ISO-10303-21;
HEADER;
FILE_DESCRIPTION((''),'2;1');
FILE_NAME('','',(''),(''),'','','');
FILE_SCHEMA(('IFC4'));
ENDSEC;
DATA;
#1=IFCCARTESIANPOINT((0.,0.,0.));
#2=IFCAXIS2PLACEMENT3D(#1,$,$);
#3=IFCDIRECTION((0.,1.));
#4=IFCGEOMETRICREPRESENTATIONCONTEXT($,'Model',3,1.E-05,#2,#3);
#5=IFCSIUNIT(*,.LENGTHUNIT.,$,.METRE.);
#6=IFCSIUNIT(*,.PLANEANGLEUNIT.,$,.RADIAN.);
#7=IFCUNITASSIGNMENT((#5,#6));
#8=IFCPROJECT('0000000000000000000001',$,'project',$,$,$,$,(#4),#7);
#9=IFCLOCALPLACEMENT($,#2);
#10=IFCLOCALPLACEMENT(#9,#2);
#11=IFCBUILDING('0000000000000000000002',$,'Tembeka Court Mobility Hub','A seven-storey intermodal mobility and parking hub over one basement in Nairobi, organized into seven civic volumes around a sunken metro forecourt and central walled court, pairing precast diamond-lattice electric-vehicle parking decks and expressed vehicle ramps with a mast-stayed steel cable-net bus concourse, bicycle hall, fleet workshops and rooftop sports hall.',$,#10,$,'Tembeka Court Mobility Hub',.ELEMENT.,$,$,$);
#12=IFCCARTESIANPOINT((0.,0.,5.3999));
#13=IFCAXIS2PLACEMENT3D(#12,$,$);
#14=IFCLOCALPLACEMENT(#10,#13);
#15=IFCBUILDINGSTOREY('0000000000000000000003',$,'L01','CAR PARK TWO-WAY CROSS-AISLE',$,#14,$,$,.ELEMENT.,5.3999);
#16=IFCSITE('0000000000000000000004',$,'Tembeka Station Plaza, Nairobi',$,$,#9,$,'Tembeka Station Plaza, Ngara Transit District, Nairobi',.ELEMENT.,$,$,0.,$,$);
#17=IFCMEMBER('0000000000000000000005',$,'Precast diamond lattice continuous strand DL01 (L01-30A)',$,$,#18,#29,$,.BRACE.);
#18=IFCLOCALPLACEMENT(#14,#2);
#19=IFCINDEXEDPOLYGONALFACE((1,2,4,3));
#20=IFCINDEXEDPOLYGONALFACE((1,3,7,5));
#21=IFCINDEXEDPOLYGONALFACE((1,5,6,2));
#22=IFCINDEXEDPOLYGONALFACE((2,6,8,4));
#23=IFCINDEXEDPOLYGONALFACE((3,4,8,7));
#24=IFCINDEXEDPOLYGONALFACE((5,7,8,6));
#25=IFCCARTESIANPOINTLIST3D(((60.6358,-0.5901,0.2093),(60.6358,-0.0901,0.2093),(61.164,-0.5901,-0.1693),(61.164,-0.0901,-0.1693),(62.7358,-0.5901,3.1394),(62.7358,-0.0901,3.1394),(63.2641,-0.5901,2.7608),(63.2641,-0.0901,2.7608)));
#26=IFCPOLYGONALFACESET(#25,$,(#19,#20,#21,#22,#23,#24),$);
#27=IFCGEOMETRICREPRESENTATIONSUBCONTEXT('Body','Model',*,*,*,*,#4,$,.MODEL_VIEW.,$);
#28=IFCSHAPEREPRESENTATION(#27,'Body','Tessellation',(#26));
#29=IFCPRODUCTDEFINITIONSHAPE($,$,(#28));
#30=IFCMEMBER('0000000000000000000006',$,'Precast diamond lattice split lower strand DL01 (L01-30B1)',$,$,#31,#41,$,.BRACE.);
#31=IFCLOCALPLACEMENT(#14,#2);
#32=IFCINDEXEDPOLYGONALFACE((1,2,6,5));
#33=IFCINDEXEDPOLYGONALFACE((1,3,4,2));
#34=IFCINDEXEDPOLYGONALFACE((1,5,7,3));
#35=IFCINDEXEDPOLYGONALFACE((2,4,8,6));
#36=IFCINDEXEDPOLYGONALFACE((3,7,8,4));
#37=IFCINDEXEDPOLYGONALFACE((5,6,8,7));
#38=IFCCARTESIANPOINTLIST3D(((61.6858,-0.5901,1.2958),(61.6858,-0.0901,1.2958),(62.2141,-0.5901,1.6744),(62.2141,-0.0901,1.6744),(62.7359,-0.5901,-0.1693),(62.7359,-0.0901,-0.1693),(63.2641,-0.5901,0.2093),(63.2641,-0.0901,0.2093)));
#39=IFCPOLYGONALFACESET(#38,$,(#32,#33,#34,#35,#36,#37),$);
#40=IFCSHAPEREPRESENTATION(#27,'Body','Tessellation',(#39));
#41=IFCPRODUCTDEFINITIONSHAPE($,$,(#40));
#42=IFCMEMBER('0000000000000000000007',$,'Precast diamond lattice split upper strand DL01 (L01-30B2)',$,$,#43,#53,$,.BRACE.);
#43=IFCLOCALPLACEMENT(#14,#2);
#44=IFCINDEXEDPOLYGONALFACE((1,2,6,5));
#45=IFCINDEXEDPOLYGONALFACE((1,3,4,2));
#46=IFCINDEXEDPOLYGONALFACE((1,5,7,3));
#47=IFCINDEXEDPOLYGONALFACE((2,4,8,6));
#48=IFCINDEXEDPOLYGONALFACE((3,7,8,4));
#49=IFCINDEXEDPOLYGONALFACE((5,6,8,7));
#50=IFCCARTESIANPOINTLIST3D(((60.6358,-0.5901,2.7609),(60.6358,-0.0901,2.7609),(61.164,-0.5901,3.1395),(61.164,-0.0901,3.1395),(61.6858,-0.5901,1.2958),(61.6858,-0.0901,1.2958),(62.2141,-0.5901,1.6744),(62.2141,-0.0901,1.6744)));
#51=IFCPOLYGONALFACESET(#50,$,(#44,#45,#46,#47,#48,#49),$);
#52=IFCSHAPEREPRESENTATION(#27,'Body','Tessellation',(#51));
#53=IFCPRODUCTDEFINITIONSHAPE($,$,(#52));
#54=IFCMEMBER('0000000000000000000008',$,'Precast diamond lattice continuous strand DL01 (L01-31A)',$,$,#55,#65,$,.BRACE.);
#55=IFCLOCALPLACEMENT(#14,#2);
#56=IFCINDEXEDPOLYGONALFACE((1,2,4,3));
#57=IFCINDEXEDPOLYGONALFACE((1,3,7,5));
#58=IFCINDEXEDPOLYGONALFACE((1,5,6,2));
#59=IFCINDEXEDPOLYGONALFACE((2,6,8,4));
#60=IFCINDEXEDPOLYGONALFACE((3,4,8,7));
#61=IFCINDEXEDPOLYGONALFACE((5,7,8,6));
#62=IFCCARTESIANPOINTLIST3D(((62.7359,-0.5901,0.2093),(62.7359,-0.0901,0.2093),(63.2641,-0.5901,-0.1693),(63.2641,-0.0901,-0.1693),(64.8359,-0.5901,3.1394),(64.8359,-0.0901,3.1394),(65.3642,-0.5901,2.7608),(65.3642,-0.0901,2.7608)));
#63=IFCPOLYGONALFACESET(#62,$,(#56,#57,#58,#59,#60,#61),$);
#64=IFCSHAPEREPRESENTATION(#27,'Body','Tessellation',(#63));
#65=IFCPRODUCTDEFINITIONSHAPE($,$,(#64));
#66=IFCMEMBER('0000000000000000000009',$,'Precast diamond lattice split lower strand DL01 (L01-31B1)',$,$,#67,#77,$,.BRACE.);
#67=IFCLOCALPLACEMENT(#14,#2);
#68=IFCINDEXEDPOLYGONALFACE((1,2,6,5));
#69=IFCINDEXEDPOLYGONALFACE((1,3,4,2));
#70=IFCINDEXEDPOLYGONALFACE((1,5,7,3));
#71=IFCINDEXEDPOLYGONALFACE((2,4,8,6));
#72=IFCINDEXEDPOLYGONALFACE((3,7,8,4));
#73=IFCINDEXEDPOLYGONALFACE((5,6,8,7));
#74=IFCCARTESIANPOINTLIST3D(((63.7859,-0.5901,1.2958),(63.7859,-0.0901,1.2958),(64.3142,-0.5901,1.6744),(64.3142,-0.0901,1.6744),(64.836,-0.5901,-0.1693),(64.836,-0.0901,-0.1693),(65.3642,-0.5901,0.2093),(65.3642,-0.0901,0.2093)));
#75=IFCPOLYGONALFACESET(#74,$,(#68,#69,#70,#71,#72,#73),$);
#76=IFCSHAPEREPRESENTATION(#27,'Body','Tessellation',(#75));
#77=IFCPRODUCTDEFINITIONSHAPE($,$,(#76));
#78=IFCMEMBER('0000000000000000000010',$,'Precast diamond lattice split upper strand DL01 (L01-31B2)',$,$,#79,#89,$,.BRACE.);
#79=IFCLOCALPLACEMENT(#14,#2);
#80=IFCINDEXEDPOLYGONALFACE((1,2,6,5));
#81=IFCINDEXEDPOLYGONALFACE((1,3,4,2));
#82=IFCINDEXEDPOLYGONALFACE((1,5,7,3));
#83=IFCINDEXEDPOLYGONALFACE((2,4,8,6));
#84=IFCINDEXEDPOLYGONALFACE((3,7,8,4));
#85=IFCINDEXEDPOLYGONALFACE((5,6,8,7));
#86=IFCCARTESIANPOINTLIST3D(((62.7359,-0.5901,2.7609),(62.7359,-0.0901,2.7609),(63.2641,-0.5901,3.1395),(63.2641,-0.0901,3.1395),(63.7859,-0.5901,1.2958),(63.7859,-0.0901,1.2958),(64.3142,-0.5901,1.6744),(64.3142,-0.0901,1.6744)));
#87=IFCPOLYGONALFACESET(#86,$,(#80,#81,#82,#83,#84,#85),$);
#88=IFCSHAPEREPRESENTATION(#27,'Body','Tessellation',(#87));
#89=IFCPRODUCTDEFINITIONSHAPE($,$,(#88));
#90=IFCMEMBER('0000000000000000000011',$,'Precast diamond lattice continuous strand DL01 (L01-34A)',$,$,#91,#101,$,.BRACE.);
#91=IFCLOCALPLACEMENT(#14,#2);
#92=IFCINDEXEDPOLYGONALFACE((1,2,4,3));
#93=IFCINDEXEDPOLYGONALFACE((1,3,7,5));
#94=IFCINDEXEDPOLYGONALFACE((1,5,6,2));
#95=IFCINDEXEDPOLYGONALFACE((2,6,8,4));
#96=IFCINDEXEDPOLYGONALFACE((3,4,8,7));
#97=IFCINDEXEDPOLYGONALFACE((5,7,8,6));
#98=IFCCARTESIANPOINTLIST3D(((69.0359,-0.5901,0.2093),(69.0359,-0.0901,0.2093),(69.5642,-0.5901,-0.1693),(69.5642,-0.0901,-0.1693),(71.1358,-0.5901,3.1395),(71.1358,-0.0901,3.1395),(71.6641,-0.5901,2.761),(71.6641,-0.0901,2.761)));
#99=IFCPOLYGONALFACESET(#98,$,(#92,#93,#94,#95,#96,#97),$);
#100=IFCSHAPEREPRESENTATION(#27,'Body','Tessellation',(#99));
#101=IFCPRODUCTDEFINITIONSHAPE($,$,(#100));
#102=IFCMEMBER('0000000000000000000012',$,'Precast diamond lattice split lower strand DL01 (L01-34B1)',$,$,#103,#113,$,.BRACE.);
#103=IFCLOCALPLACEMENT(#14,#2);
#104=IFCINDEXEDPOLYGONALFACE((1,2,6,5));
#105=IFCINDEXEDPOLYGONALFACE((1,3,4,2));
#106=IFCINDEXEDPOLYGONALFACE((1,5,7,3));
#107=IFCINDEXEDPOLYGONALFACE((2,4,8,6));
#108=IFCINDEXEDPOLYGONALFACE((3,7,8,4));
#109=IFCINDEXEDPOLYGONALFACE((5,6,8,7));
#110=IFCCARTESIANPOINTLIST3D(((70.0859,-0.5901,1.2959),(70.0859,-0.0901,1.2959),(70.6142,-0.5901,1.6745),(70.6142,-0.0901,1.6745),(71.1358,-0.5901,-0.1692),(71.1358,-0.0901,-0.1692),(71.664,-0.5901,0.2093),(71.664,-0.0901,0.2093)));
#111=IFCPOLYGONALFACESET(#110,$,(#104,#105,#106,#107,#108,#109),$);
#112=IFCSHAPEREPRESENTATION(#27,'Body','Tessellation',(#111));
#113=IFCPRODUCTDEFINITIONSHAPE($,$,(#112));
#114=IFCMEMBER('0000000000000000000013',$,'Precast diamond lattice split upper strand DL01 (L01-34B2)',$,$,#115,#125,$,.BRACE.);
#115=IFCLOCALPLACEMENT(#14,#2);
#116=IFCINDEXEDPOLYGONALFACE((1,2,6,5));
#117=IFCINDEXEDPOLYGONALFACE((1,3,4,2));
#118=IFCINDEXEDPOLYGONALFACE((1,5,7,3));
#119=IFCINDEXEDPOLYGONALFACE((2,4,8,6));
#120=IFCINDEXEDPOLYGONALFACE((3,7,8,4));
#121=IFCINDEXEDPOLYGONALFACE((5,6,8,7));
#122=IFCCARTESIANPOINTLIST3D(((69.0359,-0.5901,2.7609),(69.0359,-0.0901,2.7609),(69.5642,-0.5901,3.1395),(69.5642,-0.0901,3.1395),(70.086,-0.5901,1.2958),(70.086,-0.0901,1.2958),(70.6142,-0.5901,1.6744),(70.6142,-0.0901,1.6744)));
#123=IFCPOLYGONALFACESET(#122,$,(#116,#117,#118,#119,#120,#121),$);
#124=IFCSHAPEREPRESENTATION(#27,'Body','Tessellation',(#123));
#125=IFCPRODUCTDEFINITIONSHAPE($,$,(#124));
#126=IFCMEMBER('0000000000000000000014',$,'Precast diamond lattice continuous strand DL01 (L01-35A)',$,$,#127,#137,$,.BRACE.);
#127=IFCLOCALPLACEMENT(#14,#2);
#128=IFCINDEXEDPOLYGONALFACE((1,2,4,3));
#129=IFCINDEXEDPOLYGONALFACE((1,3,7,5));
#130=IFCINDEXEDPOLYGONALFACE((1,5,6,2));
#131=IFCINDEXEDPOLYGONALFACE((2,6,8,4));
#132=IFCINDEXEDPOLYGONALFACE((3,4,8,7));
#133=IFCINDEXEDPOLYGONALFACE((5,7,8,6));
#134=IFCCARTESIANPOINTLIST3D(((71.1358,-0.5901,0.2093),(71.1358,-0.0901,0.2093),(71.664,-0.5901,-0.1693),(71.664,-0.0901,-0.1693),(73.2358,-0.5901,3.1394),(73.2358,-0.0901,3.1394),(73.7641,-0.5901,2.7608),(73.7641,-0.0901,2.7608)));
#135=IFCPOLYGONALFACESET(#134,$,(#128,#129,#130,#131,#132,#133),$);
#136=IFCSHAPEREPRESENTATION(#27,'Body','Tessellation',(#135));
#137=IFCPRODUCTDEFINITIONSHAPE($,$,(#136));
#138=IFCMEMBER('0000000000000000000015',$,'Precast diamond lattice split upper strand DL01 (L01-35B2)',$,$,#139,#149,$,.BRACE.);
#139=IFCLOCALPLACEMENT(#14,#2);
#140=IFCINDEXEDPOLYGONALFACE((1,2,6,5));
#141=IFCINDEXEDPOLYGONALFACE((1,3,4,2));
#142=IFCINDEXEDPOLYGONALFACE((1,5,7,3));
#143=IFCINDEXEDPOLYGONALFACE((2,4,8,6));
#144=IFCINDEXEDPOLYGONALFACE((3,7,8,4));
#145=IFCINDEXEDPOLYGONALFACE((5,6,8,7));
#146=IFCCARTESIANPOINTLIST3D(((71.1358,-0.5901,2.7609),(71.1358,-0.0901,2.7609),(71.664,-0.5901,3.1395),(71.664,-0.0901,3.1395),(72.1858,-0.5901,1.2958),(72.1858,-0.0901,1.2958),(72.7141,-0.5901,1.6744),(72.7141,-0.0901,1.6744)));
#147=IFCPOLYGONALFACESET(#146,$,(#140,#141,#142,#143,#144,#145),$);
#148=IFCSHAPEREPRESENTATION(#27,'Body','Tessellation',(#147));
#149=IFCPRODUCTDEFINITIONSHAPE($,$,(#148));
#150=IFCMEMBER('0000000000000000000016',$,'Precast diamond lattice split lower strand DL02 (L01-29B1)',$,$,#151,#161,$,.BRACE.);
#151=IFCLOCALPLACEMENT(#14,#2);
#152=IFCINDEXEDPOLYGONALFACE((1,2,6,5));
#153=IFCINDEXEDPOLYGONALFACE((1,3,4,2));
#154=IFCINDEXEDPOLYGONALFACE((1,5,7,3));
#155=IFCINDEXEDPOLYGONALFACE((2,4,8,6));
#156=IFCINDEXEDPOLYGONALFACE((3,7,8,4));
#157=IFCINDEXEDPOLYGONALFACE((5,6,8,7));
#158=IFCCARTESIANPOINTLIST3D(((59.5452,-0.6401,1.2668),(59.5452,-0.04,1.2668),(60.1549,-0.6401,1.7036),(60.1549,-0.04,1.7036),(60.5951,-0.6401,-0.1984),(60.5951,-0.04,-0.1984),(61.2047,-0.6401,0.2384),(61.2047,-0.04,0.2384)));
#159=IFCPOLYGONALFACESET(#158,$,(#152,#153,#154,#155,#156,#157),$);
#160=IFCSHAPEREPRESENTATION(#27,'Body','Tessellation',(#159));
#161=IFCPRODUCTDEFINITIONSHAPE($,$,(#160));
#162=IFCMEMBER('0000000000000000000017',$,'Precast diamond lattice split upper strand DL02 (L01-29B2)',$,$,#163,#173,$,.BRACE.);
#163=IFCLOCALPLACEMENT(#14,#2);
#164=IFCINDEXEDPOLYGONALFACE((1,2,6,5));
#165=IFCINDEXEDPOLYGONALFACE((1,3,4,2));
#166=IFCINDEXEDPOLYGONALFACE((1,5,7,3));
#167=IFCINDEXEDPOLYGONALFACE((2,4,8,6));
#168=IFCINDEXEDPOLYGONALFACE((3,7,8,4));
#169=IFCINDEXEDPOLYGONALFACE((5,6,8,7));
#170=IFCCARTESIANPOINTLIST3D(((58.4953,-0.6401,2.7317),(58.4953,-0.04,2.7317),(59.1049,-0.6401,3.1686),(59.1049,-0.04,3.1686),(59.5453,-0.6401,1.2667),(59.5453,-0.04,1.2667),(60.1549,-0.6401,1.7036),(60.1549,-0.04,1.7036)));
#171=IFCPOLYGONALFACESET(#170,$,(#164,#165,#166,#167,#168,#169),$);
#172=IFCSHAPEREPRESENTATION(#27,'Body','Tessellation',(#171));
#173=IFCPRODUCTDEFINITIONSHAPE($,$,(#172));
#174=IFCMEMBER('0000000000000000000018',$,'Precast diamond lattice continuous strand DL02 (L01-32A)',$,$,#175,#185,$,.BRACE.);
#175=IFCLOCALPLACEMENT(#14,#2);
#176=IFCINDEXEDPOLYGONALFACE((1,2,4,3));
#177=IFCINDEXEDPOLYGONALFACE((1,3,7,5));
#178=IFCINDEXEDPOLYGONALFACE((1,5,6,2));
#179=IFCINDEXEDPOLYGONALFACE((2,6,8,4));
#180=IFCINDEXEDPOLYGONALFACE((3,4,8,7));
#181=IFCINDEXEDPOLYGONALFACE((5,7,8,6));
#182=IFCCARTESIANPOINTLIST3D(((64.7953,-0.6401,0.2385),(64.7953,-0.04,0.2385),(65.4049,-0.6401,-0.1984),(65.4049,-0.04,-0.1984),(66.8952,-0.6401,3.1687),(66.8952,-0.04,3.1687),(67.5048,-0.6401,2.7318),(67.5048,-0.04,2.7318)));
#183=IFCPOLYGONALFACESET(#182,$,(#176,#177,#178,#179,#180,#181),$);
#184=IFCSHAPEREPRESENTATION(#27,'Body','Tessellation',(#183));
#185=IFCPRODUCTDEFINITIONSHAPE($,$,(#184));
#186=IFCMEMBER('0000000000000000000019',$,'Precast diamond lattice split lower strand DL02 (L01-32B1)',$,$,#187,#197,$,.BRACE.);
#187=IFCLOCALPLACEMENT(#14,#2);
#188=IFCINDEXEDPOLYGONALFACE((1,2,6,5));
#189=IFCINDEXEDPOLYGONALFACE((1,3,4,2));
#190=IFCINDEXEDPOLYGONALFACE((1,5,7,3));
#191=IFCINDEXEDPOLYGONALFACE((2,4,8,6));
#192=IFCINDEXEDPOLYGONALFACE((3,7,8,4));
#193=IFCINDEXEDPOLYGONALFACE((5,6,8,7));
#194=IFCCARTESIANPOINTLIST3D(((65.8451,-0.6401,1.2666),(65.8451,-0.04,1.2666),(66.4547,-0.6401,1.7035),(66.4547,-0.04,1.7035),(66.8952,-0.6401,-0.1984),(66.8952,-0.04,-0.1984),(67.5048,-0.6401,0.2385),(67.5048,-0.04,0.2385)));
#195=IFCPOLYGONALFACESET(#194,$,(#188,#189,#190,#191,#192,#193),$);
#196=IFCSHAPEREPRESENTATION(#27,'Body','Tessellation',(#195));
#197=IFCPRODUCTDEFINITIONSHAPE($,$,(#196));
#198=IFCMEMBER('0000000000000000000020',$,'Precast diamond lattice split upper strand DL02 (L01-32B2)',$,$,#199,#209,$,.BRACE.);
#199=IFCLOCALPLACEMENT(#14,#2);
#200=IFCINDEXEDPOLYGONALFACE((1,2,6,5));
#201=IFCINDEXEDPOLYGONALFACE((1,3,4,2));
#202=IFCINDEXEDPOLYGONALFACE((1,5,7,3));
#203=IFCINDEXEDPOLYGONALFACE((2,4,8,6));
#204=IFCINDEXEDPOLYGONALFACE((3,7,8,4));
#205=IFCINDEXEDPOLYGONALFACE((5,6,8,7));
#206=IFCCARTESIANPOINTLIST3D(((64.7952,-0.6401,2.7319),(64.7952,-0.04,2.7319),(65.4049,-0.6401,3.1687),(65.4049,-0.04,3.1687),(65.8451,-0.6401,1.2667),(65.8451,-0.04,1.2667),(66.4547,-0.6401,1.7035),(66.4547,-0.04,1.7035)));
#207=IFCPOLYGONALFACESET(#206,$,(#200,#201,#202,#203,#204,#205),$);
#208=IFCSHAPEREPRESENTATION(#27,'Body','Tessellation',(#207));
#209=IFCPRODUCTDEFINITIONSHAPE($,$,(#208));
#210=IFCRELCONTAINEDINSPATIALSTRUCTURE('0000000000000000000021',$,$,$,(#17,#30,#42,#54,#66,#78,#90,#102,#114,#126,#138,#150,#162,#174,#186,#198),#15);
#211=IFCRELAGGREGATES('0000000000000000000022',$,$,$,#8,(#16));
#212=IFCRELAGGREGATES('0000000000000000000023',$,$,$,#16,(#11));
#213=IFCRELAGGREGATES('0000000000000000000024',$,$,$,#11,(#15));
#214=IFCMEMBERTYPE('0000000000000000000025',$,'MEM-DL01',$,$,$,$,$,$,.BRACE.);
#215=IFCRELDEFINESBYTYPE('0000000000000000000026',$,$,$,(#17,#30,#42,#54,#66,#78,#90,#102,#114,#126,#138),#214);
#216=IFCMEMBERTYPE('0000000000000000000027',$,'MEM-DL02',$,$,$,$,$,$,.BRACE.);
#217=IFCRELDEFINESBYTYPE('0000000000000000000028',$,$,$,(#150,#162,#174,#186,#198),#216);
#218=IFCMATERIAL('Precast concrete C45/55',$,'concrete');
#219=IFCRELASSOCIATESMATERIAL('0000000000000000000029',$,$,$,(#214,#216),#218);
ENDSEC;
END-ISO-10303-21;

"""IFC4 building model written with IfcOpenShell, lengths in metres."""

from ifc_helpers import new_model, si_unit, direction, frame, origin, origin_2d, place, context, subcontext, project, spatial, rectangle, extrude, material, material_profile, profile_set, type_object, element, save


model = new_model("IFC4")

# Units and contexts
model_context = context("Model", 3, precision=1e-05, world=origin(), true_north=direction((0.0, 1.0)))
body_context = subcontext(model_context, "Body", "Model", "MODEL_VIEW")
ifc_project = project(units=[si_unit("LENGTHUNIT", "METRE"), si_unit("PLANEANGLEUNIT", "RADIAN")], contexts=[model_context])

# Site, building, storey
site_placement = place(None, origin())
site = spatial("IfcSite", under=ifc_project, at=site_placement, Name="Tembeka Station Plaza, Nairobi", LongName="Tembeka Station Plaza, Ngara Transit District, Nairobi", CompositionType="ELEMENT", RefElevation=0.0)
building_placement = place(site_placement, origin())
building = spatial("IfcBuilding", under=site, at=building_placement, Name="Tembeka Court Mobility Hub", Description="A seven-storey intermodal mobility and parking hub over one basement in Nairobi, organized into seven civic volumes around a sunken metro forecourt and central walled court, pairing precast diamond-lattice electric-vehicle parking decks and expressed vehicle ramps with a mast-stayed steel cable-net bus concourse, bicycle hall, fleet workshops and rooftop sports hall.", LongName="Tembeka Court Mobility Hub", CompositionType="ELEMENT")
storey_placement = place(building_placement, frame((0.0, 0.0, 5.3999)))
storey = spatial("IfcBuildingStorey", under=building, at=storey_placement, Name="L01", Description="CAR PARK TWO-WAY CROSS-AISLE", CompositionType="ELEMENT", Elevation=5.3999)

# Members
ifc_material = material(Name="Precast concrete C45/55", Category="concrete")
ifc_material_profile_1 = material_profile(ifc_material, rectangle(XDim=0.5, YDim=0.6499, at=origin_2d()), Name="PC-DIAG 500x650")
ifc_profile_set_1 = profile_set([ifc_material_profile_1], Name="Precast concrete C45/55")
member_type_1 = type_object("IfcMemberType", Name="MEM-DL01", PredefinedType="BRACE", material=ifc_profile_set_1)
member_1_placement = place(storey_placement, frame((60.8999, -0.3401, 0.02), z_axis=(0.582544, 0.0, 0.812799), x_axis=(0.0, 1.0, 0.0)))
element("IfcMember", 1, at=member_1_placement, inside=storey, type_object=member_type_1, Name="Precast diamond lattice continuous strand DL01 (L01-30A)", PredefinedType="BRACE", context=body_context, shape_type="SweptSolid", body=[
    extrude(rectangle(XDim=0.5, YDim=0.6499, at=origin_2d()), origin(), (0.0, 0.0, 1.0), 3.605),
])
for number, where, z_axis, x_axis, name in (
    (2, (63.0, -0.3401, 0.02), (-0.582544, 0.0, 0.812799), (0.0, -1.0, 0.0), "Precast diamond lattice split lower strand DL01 (L01-30B1)"),
    (3, (61.95, -0.3401, 1.4851), (-0.582544, 0.0, 0.812799), (0.0, -1.0, 0.0), "Precast diamond lattice split upper strand DL01 (L01-30B2)"),
):
    element("IfcMember", number, at=place(storey_placement, frame(where, z_axis=z_axis, x_axis=x_axis)), inside=storey, type_object=member_type_1, Name=name, PredefinedType="BRACE", context=body_context, shape_type="SweptSolid", body=[
        extrude(rectangle(XDim=0.5, YDim=0.6499, at=origin_2d()), origin(), (0.0, 0.0, 1.0), 1.8025),
    ])
member_2_placement = place(storey_placement, frame((63.0, -0.3401, 0.02), z_axis=(0.582544, 0.0, 0.812799), x_axis=(0.0, 1.0, 0.0)))
element("IfcMember", 4, at=member_2_placement, inside=storey, type_object=member_type_1, Name="Precast diamond lattice continuous strand DL01 (L01-31A)", PredefinedType="BRACE", context=body_context, shape_type="SweptSolid", body=[
    extrude(rectangle(XDim=0.5, YDim=0.6499, at=origin_2d()), origin(), (0.0, 0.0, 1.0), 3.605),
])
for number, where, z_axis, x_axis, name in (
    (5, (65.1001, -0.3401, 0.02), (-0.582544, 0.0, 0.812799), (0.0, -1.0, 0.0), "Precast diamond lattice split lower strand DL01 (L01-31B1)"),
    (6, (64.05, -0.3401, 1.4851), (-0.582544, 0.0, 0.812799), (0.0, -1.0, 0.0), "Precast diamond lattice split upper strand DL01 (L01-31B2)"),
):
    element("IfcMember", number, at=place(storey_placement, frame(where, z_axis=z_axis, x_axis=x_axis)), inside=storey, type_object=member_type_1, Name=name, PredefinedType="BRACE", context=body_context, shape_type="SweptSolid", body=[
        extrude(rectangle(XDim=0.5, YDim=0.6499, at=origin_2d()), origin(), (0.0, 0.0, 1.0), 1.8025),
    ])
member_3_placement = place(storey_placement, frame((69.3, -0.3401, 0.02), z_axis=(0.5825, 0.0, 0.812831), x_axis=(0.0, 1.0, 0.0)))
element("IfcMember", 7, at=member_3_placement, inside=storey, type_object=member_type_1, Name="Precast diamond lattice continuous strand DL01 (L01-34A)", PredefinedType="BRACE", context=body_context, shape_type="SweptSolid", body=[
    extrude(rectangle(XDim=0.5, YDim=0.6499, at=origin_2d()), origin(), (0.0, 0.0, 1.0), 3.605),
])
for number, where, z_axis, x_axis, name in (
    (8, (71.3999, -0.3401, 0.02), (-0.582455, 0.0, 0.812863), (0.0, -1.0, 0.0), "Precast diamond lattice split lower strand DL01 (L01-34B1)"),
    (9, (70.3501, -0.3401, 1.4851), (-0.582544, 0.0, 0.812799), (0.0, -1.0, 0.0), "Precast diamond lattice split upper strand DL01 (L01-34B2)"),
):
    element("IfcMember", number, at=place(storey_placement, frame(where, z_axis=z_axis, x_axis=x_axis)), inside=storey, type_object=member_type_1, Name=name, PredefinedType="BRACE", context=body_context, shape_type="SweptSolid", body=[
        extrude(rectangle(XDim=0.5, YDim=0.6499, at=origin_2d()), origin(), (0.0, 0.0, 1.0), 1.8025),
    ])
member_4_placement = place(storey_placement, frame((71.3999, -0.3401, 0.02), z_axis=(0.582544, 0.0, 0.812799), x_axis=(0.0, 1.0, 0.0)))
element("IfcMember", 10, at=member_4_placement, inside=storey, type_object=member_type_1, Name="Precast diamond lattice continuous strand DL01 (L01-35A)", PredefinedType="BRACE", context=body_context, shape_type="SweptSolid", body=[
    extrude(rectangle(XDim=0.5, YDim=0.6499, at=origin_2d()), origin(), (0.0, 0.0, 1.0), 3.605),
])
member_5_placement = place(storey_placement, frame((72.45, -0.3401, 1.4851), z_axis=(-0.582544, 0.0, 0.812799), x_axis=(0.0, -1.0, 0.0)))
element("IfcMember", 11, at=member_5_placement, inside=storey, type_object=member_type_1, Name="Precast diamond lattice split upper strand DL01 (L01-35B2)", PredefinedType="BRACE", context=body_context, shape_type="SweptSolid", body=[
    extrude(rectangle(XDim=0.5, YDim=0.6499, at=origin_2d()), origin(), (0.0, 0.0, 1.0), 1.8025),
])
ifc_material_profile_2 = material_profile(ifc_material, rectangle(XDim=0.6001, YDim=0.75, at=origin_2d()), Name="PC-DIAG 600x750")
ifc_profile_set_2 = profile_set([ifc_material_profile_2], Name="Precast concrete C45/55")
member_type_2 = type_object("IfcMemberType", Name="MEM-DL02", PredefinedType="BRACE", material=ifc_profile_set_2)
for number, where, z_axis, x_axis, name in (
    (12, (60.8999, -0.3401, 0.02), (-0.582455, 0.0, 0.812863), (0.0, -1.0, 0.0), "Precast diamond lattice split lower strand DL02 (L01-29B1)"),
    (13, (59.8501, -0.3401, 1.4851), (-0.582544, 0.0, 0.812799), (0.0, -1.0, 0.0), "Precast diamond lattice split upper strand DL02 (L01-29B2)"),
):
    element("IfcMember", number, at=place(storey_placement, frame(where, z_axis=z_axis, x_axis=x_axis)), inside=storey, type_object=member_type_2, Name=name, PredefinedType="BRACE", context=body_context, shape_type="SweptSolid", body=[
        extrude(rectangle(XDim=0.6001, YDim=0.75, at=origin_2d()), origin(), (0.0, 0.0, 1.0), 1.8025),
    ])
member_6_placement = place(storey_placement, frame((65.1001, -0.3401, 0.02), z_axis=(0.5825, 0.0, 0.812831), x_axis=(0.0, 1.0, 0.0)))
element("IfcMember", 14, at=member_6_placement, inside=storey, type_object=member_type_2, Name="Precast diamond lattice continuous strand DL02 (L01-32A)", PredefinedType="BRACE", context=body_context, shape_type="SweptSolid", body=[
    extrude(rectangle(XDim=0.6001, YDim=0.75, at=origin_2d()), origin(), (0.0, 0.0, 1.0), 3.605),
])
for number, where, z_axis, x_axis, name in (
    (15, (67.2, -0.3401, 0.02), (-0.582544, 0.0, 0.812799), (0.0, -1.0, 0.0), "Precast diamond lattice split lower strand DL02 (L01-32B1)"),
    (16, (66.1499, -0.3401, 1.4851), (-0.582455, 0.0, 0.812863), (0.0, -1.0, 0.0), "Precast diamond lattice split upper strand DL02 (L01-32B2)"),
):
    element("IfcMember", number, at=place(storey_placement, frame(where, z_axis=z_axis, x_axis=x_axis)), inside=storey, type_object=member_type_2, Name=name, PredefinedType="BRACE", context=body_context, shape_type="SweptSolid", body=[
        extrude(rectangle(XDim=0.6001, YDim=0.75, at=origin_2d()), origin(), (0.0, 0.0, 1.0), 1.8025),
    ])

save(model, "model.ifc")
